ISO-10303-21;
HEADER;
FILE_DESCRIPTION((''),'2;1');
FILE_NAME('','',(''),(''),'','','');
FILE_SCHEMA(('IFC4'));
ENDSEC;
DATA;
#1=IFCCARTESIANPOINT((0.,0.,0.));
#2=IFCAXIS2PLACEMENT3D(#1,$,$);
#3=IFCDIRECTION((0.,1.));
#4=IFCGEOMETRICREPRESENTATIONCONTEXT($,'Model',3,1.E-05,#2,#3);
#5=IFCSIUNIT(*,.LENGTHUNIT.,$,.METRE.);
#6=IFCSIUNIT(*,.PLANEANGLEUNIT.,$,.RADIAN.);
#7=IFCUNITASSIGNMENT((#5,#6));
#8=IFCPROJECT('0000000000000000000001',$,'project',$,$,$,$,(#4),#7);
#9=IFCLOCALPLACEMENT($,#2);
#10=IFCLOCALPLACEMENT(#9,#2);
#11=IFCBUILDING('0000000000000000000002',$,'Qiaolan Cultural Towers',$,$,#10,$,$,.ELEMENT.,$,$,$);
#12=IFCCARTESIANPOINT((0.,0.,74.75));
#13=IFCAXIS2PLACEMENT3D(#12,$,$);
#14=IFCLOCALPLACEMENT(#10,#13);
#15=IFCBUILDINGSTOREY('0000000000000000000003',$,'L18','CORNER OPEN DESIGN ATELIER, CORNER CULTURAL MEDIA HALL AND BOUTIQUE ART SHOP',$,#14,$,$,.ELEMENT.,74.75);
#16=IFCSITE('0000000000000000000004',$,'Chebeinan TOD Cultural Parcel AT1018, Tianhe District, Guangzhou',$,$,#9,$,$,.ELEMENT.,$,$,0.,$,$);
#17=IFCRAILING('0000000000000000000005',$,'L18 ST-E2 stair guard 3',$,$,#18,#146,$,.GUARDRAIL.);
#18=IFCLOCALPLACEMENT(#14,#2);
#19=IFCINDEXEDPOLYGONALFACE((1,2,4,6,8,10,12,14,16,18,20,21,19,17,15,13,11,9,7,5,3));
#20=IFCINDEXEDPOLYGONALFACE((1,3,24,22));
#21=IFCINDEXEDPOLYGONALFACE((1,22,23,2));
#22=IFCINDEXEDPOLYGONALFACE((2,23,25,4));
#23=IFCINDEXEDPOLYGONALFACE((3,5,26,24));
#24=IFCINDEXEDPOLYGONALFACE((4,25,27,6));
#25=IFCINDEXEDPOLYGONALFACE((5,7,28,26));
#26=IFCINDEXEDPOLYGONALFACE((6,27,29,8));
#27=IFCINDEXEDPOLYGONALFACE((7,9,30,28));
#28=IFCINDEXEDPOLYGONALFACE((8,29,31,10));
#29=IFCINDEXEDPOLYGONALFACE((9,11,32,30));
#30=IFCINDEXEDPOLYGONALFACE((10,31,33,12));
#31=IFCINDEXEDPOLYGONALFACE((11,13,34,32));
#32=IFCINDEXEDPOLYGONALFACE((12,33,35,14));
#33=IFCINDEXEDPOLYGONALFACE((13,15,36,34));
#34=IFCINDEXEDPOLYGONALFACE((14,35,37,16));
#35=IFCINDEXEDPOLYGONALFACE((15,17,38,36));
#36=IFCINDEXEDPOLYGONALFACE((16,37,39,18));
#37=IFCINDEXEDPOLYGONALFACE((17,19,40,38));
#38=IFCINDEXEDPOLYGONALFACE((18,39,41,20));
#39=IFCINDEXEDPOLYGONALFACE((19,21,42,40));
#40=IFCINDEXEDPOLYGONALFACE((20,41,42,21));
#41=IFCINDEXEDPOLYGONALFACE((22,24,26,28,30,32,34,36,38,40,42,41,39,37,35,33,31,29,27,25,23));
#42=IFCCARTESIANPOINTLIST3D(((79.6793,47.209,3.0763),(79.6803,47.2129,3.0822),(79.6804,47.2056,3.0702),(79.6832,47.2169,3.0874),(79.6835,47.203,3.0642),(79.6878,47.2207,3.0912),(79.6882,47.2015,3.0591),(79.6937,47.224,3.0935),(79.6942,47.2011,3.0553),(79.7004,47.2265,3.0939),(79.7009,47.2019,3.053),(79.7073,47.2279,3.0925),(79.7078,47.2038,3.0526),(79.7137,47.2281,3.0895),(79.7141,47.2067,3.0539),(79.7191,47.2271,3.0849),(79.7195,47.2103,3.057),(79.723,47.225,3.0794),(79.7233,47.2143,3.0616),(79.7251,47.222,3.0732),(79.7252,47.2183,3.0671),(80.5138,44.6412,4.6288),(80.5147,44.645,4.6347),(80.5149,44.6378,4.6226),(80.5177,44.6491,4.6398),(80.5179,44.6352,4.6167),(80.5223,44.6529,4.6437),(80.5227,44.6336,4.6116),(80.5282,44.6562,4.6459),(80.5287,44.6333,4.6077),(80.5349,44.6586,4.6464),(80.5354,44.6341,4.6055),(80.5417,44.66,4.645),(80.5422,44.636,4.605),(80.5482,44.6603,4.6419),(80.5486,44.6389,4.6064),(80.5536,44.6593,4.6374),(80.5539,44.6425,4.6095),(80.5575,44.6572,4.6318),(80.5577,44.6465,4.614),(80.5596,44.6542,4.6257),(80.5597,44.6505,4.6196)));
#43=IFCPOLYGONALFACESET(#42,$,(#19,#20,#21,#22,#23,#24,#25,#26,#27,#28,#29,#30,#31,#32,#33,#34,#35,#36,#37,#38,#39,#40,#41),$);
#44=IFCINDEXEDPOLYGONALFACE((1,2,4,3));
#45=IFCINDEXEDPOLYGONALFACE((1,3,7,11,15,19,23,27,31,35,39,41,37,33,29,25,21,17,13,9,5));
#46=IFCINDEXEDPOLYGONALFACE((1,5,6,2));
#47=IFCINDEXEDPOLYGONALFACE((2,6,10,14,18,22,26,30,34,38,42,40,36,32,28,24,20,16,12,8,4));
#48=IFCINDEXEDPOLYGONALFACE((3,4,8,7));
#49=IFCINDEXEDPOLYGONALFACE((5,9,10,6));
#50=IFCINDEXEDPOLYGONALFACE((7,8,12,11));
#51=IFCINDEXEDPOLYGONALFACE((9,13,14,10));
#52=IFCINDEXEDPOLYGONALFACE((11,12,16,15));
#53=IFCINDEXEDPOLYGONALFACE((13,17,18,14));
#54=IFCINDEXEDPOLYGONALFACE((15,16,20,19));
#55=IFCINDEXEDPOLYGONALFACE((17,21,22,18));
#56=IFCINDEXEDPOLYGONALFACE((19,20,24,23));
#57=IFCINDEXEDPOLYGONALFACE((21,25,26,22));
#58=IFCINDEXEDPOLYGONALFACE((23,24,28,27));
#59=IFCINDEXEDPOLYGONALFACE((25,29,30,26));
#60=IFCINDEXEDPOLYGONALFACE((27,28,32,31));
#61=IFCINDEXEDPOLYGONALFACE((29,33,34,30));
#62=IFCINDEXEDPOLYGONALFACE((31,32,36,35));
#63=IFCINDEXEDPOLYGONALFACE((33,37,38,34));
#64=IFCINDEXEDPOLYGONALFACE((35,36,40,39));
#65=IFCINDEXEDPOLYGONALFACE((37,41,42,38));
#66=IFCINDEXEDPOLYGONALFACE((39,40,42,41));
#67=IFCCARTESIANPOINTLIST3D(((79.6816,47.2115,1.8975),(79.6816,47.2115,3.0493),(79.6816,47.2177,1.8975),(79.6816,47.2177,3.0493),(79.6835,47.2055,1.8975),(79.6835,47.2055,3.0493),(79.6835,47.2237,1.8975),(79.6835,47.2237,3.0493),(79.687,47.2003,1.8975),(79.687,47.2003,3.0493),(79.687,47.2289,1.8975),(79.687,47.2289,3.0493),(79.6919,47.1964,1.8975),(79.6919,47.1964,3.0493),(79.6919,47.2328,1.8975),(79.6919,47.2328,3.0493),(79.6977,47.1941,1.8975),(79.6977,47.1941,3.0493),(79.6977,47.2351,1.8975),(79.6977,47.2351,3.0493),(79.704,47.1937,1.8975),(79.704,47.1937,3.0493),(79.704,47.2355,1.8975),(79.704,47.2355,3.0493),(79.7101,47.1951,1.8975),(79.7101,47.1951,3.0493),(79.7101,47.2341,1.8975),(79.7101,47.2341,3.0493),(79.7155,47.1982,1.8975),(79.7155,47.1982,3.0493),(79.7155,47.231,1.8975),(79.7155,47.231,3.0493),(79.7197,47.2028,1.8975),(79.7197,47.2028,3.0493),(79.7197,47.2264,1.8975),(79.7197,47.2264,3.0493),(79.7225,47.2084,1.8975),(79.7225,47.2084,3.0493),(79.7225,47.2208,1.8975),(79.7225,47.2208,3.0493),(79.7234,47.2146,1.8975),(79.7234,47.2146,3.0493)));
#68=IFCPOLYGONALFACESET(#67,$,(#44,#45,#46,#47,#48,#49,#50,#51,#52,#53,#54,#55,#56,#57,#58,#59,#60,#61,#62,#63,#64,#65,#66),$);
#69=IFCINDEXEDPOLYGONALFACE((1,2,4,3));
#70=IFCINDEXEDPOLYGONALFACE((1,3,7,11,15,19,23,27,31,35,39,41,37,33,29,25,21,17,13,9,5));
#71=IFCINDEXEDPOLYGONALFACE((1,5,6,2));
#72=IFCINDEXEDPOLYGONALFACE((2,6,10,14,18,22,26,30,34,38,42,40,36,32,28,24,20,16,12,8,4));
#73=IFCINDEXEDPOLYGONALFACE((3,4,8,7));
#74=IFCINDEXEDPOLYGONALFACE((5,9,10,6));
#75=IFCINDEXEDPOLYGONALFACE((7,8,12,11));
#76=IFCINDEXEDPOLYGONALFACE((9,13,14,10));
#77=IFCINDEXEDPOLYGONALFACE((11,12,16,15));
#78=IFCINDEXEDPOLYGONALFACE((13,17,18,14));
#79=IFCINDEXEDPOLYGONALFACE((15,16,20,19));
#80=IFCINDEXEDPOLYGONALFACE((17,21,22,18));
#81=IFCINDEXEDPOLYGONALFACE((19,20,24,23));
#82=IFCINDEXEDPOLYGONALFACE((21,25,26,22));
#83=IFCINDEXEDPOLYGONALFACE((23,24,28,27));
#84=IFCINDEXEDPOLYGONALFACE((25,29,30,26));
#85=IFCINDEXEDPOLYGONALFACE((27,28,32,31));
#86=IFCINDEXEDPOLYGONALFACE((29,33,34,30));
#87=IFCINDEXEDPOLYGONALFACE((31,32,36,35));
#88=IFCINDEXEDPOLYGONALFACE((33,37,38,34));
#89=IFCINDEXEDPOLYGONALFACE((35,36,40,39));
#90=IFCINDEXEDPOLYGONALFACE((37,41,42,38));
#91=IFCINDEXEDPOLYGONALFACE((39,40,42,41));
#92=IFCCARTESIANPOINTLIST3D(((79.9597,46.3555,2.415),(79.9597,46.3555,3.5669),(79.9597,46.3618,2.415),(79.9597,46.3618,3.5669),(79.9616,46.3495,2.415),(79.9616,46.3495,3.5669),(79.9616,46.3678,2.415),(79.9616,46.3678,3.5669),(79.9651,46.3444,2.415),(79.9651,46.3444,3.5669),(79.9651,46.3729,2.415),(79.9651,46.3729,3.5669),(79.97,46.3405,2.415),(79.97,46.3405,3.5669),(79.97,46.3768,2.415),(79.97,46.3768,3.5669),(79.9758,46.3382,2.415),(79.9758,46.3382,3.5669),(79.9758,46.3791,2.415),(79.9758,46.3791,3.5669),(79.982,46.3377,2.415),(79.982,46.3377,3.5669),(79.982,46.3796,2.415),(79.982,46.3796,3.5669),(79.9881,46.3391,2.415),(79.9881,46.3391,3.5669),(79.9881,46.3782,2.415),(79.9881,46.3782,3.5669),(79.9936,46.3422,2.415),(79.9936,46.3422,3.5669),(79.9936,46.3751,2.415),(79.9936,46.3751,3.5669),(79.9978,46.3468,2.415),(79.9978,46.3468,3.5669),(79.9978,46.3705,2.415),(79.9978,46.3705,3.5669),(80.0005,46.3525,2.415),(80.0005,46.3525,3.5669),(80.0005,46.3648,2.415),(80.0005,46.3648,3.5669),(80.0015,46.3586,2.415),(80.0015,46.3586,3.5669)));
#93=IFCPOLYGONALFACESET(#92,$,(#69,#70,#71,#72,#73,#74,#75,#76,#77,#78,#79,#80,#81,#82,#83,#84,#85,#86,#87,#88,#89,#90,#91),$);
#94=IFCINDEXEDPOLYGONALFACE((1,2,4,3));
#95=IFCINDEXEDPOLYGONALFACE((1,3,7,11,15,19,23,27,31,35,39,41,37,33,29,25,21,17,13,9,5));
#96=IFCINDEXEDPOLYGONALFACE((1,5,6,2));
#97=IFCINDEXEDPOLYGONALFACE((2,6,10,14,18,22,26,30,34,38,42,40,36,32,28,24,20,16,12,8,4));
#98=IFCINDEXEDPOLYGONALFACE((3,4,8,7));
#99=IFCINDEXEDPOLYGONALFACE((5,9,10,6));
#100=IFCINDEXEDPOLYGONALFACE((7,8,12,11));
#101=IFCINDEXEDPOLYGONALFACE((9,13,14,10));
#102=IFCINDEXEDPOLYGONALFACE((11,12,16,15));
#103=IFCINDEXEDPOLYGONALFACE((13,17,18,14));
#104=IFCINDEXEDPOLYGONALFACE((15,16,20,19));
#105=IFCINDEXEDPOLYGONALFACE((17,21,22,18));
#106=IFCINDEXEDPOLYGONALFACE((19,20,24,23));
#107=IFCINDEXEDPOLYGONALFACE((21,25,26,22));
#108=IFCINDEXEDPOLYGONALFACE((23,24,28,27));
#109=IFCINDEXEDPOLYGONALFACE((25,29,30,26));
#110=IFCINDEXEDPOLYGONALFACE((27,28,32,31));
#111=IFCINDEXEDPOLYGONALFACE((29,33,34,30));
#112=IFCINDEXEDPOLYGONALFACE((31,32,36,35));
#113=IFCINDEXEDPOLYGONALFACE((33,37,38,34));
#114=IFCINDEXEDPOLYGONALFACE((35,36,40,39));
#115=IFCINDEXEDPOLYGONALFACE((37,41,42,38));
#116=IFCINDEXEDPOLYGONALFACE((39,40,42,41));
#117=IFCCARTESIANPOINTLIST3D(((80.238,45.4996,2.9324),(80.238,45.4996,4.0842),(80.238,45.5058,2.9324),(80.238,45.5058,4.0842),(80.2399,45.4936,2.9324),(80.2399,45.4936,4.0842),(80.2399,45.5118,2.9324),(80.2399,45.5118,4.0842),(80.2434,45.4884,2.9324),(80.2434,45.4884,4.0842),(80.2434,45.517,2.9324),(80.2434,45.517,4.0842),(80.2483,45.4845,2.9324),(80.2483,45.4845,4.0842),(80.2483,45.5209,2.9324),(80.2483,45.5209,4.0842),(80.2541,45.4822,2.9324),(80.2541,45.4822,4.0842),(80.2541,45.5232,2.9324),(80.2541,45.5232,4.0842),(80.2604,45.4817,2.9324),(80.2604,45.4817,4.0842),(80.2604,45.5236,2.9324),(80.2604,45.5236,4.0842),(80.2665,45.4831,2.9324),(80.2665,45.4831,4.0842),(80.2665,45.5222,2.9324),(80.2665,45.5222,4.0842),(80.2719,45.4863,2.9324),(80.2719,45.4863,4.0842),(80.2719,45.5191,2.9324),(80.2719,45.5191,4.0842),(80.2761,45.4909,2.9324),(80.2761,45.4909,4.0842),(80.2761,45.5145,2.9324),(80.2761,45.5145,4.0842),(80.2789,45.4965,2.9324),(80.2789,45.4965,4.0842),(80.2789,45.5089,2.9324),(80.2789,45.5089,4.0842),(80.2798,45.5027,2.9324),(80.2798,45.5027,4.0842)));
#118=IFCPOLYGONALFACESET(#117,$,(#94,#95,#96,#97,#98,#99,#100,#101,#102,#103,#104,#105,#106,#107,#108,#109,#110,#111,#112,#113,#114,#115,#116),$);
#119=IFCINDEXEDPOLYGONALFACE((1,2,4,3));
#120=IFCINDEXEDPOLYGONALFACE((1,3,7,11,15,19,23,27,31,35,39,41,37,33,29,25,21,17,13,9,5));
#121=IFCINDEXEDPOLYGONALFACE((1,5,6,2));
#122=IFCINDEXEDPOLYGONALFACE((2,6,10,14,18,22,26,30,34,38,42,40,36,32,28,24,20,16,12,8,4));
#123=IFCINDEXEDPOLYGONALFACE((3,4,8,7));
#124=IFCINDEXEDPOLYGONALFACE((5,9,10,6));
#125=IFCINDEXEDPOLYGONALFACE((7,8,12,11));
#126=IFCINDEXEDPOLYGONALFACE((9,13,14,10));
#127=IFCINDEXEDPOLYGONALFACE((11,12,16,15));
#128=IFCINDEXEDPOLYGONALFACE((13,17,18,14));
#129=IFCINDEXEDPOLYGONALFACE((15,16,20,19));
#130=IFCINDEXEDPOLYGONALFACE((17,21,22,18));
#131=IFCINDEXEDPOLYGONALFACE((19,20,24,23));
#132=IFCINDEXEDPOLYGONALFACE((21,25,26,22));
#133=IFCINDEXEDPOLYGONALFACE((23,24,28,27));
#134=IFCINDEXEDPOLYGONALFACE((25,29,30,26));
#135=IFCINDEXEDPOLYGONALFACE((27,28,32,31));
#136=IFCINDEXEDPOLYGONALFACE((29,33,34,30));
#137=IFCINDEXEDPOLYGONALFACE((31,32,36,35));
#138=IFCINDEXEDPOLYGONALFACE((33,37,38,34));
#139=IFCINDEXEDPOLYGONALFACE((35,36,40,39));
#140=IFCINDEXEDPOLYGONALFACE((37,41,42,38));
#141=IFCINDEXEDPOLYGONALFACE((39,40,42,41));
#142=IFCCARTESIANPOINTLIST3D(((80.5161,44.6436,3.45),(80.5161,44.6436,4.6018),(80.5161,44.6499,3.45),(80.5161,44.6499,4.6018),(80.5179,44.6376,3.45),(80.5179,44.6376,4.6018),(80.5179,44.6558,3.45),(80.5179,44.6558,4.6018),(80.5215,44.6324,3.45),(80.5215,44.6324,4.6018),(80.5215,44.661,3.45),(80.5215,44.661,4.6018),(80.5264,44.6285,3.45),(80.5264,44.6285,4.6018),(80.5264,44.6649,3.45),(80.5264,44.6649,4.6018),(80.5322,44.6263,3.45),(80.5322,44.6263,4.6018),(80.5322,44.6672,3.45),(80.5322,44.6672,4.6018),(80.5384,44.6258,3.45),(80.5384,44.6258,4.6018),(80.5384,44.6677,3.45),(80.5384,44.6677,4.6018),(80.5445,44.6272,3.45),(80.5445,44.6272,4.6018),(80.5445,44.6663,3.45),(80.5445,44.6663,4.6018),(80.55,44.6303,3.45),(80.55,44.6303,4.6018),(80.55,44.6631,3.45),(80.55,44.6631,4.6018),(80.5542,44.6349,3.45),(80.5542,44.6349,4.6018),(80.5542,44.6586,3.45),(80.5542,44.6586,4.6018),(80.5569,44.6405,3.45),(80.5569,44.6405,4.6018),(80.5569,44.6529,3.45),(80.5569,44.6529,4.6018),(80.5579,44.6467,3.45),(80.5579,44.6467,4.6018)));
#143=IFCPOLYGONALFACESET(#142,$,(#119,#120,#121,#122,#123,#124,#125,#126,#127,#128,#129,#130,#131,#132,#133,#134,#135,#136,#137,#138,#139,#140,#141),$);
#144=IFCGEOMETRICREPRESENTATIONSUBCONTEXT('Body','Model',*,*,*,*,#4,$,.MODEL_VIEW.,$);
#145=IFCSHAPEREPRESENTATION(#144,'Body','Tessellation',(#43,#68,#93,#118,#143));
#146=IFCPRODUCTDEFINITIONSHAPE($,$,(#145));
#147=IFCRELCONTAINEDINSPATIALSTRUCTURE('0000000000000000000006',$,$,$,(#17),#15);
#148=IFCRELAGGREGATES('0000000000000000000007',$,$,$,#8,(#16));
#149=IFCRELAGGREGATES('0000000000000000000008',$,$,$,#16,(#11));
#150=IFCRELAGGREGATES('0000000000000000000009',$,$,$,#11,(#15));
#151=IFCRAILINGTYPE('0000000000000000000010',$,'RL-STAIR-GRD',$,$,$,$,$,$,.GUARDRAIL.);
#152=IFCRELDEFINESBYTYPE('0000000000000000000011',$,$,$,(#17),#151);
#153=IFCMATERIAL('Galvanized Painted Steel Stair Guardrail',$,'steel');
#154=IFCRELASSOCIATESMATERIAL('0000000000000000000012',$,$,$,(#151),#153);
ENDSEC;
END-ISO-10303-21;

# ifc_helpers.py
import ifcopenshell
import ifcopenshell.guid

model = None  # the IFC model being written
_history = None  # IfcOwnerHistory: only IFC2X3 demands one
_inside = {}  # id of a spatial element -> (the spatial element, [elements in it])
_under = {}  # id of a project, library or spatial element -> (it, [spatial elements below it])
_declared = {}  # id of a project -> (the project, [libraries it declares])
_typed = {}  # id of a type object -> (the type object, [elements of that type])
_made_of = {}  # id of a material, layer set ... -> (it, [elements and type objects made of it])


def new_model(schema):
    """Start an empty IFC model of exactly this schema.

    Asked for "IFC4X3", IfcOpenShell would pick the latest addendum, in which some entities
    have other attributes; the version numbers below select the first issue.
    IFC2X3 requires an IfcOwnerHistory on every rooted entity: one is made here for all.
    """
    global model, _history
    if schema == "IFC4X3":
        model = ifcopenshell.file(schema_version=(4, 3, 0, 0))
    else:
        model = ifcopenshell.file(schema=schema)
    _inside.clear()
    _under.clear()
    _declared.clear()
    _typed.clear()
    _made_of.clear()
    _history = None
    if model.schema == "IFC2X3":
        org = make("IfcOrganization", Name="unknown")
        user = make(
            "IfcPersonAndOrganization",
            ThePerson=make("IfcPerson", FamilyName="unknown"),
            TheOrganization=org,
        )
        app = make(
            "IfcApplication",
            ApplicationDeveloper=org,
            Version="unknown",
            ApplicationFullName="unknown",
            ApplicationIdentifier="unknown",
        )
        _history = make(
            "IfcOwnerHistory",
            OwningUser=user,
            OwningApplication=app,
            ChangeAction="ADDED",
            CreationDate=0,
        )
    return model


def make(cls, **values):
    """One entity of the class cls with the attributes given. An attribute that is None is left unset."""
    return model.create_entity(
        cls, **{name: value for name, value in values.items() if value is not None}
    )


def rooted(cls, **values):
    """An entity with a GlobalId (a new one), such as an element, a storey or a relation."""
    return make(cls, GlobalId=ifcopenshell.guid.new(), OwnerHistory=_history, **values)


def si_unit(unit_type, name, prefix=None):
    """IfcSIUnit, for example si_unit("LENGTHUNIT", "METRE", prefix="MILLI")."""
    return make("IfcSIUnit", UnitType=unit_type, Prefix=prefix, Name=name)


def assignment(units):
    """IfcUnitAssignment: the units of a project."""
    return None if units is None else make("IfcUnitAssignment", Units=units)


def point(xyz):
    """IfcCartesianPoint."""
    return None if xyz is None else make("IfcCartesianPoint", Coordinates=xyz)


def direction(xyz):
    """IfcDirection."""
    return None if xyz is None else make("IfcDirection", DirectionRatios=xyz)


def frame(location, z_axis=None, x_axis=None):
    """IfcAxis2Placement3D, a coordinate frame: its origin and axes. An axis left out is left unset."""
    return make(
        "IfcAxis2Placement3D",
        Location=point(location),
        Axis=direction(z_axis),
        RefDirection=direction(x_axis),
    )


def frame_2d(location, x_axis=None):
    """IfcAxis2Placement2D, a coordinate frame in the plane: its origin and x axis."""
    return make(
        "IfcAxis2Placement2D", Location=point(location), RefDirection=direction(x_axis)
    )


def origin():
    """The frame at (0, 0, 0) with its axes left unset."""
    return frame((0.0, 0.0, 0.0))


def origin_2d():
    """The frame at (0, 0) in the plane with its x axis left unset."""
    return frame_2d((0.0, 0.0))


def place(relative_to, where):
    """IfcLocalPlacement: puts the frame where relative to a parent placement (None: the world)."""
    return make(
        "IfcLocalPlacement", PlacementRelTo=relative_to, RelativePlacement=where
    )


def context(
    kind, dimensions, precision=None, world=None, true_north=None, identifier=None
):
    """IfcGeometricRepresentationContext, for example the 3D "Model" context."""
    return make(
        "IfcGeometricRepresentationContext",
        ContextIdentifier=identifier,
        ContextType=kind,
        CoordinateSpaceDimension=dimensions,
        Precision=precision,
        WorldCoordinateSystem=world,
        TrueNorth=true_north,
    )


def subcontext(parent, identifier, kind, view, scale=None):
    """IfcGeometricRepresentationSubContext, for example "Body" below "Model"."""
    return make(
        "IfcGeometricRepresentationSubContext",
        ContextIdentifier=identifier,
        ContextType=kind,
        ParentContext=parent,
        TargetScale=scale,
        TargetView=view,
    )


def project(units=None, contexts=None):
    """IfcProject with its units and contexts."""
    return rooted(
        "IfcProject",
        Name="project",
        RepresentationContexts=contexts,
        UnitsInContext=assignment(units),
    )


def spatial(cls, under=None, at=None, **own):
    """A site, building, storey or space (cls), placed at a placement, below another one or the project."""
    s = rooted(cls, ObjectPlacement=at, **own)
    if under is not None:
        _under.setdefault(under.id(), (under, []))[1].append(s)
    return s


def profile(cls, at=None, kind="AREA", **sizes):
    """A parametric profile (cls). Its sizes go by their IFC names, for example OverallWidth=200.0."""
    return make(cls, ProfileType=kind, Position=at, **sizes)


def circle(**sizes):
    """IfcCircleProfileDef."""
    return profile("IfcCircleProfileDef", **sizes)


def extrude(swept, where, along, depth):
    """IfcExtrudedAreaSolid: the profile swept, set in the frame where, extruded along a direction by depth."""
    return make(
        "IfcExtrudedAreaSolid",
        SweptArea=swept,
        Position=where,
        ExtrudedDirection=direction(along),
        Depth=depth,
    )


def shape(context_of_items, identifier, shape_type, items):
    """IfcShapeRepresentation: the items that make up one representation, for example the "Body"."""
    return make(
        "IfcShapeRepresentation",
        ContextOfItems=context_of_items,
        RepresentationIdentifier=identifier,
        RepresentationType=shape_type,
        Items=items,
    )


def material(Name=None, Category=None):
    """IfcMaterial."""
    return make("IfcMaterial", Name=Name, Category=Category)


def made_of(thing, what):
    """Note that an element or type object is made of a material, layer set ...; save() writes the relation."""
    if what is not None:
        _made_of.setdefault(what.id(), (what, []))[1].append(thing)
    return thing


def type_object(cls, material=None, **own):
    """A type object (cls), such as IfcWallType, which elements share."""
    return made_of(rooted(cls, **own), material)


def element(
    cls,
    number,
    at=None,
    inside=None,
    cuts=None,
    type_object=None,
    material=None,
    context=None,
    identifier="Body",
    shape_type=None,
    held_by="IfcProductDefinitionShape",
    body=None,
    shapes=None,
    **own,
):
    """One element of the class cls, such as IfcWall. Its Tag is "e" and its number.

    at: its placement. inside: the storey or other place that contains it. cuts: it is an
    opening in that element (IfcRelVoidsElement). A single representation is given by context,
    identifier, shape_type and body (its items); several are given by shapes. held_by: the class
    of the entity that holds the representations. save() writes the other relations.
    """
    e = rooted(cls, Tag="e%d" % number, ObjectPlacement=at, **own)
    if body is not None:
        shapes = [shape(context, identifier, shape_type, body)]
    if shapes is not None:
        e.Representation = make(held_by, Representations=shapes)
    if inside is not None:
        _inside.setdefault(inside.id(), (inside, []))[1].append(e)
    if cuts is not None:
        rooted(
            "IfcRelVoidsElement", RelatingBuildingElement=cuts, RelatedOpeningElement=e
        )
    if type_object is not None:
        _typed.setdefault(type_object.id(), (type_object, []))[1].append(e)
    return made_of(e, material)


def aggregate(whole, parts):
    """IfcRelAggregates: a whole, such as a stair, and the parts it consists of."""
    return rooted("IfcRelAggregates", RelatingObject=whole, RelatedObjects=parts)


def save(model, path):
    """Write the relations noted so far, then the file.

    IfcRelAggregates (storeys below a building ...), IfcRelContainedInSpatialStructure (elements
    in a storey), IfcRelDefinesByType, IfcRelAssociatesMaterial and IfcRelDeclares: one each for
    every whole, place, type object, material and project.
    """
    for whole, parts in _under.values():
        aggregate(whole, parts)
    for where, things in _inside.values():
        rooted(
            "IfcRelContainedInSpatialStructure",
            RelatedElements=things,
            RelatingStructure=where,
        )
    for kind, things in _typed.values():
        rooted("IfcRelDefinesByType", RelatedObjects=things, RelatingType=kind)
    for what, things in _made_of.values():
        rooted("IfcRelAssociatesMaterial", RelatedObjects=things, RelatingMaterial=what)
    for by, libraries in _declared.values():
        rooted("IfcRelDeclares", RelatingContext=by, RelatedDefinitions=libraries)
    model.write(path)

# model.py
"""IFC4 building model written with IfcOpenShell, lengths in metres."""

from ifc_helpers import new_model, si_unit, direction, frame, origin, origin_2d, place, context, subcontext, project, spatial, circle, extrude, material, type_object, element, save


model = new_model("IFC4")

# Units and contexts
model_context = context("Model", 3, precision=1e-05, world=origin(), true_north=direction((0.0, 1.0)))
body_context = subcontext(model_context, "Body", "Model", "MODEL_VIEW")
ifc_project = project(units=[si_unit("LENGTHUNIT", "METRE"), si_unit("PLANEANGLEUNIT", "RADIAN")], contexts=[model_context])

# Site, building, storey
site_placement = place(None, origin())
site = spatial("IfcSite", under=ifc_project, at=site_placement, Name="Chebeinan TOD Cultural Parcel AT1018, Tianhe District, Guangzhou", CompositionType="ELEMENT", RefElevation=0.0)
building_placement = place(site_placement, origin())
building = spatial("IfcBuilding", under=site, at=building_placement, Name="Qiaolan Cultural Towers", CompositionType="ELEMENT")
storey_placement = place(building_placement, frame((0.0, 0.0, 74.75)))
storey = spatial("IfcBuildingStorey", under=building, at=storey_placement, Name="L18", Description="CORNER OPEN DESIGN ATELIER, CORNER CULTURAL MEDIA HALL AND BOUTIQUE ART SHOP", CompositionType="ELEMENT", Elevation=74.75)

# Railing
ifc_material_1 = material(Name="Galvanized Painted Steel Stair Guardrail", Category="steel")
railing_type_1 = type_object("IfcRailingType", Name="RL-STAIR-GRD", PredefinedType="GUARDRAIL", material=ifc_material_1)
railing_1_placement = place(storey_placement, frame((79.7024, 47.2146, 1.8975)))
element("IfcRailing", 1, at=railing_1_placement, inside=storey, type_object=railing_type_1, Name="L18 ST-E2 stair guard 3", PredefinedType="GUARDRAIL", context=body_context, shape_type="SweptSolid", body=[
    extrude(circle(Radius=0.0239, at=origin_2d()), frame((0.0, 0.0, 1.1758), z_axis=(0.267926, -0.824471, 0.498461), x_axis=(0.951043, 0.309057, 0.0)), (0.0, 0.0, 1.0), 3.1145),
    extrude(circle(Radius=0.021, at=origin_2d()), origin(), (0.0, 0.0, 1.0), 1.1519),
    extrude(circle(Radius=0.021, at=origin_2d()), frame((0.2781, -0.856, 0.5176)), (0.0, 0.0, 1.0), 1.1519),
    extrude(circle(Radius=0.021, at=origin_2d()), frame((0.5564, -1.7119, 1.0349)), (0.0, 0.0, 1.0), 1.1519),
    extrude(circle(Radius=0.021, at=origin_2d()), frame((0.8345, -2.5679, 1.5525)), (0.0, 0.0, 1.0), 1.1519),
])

save(model, "model.ifc")
